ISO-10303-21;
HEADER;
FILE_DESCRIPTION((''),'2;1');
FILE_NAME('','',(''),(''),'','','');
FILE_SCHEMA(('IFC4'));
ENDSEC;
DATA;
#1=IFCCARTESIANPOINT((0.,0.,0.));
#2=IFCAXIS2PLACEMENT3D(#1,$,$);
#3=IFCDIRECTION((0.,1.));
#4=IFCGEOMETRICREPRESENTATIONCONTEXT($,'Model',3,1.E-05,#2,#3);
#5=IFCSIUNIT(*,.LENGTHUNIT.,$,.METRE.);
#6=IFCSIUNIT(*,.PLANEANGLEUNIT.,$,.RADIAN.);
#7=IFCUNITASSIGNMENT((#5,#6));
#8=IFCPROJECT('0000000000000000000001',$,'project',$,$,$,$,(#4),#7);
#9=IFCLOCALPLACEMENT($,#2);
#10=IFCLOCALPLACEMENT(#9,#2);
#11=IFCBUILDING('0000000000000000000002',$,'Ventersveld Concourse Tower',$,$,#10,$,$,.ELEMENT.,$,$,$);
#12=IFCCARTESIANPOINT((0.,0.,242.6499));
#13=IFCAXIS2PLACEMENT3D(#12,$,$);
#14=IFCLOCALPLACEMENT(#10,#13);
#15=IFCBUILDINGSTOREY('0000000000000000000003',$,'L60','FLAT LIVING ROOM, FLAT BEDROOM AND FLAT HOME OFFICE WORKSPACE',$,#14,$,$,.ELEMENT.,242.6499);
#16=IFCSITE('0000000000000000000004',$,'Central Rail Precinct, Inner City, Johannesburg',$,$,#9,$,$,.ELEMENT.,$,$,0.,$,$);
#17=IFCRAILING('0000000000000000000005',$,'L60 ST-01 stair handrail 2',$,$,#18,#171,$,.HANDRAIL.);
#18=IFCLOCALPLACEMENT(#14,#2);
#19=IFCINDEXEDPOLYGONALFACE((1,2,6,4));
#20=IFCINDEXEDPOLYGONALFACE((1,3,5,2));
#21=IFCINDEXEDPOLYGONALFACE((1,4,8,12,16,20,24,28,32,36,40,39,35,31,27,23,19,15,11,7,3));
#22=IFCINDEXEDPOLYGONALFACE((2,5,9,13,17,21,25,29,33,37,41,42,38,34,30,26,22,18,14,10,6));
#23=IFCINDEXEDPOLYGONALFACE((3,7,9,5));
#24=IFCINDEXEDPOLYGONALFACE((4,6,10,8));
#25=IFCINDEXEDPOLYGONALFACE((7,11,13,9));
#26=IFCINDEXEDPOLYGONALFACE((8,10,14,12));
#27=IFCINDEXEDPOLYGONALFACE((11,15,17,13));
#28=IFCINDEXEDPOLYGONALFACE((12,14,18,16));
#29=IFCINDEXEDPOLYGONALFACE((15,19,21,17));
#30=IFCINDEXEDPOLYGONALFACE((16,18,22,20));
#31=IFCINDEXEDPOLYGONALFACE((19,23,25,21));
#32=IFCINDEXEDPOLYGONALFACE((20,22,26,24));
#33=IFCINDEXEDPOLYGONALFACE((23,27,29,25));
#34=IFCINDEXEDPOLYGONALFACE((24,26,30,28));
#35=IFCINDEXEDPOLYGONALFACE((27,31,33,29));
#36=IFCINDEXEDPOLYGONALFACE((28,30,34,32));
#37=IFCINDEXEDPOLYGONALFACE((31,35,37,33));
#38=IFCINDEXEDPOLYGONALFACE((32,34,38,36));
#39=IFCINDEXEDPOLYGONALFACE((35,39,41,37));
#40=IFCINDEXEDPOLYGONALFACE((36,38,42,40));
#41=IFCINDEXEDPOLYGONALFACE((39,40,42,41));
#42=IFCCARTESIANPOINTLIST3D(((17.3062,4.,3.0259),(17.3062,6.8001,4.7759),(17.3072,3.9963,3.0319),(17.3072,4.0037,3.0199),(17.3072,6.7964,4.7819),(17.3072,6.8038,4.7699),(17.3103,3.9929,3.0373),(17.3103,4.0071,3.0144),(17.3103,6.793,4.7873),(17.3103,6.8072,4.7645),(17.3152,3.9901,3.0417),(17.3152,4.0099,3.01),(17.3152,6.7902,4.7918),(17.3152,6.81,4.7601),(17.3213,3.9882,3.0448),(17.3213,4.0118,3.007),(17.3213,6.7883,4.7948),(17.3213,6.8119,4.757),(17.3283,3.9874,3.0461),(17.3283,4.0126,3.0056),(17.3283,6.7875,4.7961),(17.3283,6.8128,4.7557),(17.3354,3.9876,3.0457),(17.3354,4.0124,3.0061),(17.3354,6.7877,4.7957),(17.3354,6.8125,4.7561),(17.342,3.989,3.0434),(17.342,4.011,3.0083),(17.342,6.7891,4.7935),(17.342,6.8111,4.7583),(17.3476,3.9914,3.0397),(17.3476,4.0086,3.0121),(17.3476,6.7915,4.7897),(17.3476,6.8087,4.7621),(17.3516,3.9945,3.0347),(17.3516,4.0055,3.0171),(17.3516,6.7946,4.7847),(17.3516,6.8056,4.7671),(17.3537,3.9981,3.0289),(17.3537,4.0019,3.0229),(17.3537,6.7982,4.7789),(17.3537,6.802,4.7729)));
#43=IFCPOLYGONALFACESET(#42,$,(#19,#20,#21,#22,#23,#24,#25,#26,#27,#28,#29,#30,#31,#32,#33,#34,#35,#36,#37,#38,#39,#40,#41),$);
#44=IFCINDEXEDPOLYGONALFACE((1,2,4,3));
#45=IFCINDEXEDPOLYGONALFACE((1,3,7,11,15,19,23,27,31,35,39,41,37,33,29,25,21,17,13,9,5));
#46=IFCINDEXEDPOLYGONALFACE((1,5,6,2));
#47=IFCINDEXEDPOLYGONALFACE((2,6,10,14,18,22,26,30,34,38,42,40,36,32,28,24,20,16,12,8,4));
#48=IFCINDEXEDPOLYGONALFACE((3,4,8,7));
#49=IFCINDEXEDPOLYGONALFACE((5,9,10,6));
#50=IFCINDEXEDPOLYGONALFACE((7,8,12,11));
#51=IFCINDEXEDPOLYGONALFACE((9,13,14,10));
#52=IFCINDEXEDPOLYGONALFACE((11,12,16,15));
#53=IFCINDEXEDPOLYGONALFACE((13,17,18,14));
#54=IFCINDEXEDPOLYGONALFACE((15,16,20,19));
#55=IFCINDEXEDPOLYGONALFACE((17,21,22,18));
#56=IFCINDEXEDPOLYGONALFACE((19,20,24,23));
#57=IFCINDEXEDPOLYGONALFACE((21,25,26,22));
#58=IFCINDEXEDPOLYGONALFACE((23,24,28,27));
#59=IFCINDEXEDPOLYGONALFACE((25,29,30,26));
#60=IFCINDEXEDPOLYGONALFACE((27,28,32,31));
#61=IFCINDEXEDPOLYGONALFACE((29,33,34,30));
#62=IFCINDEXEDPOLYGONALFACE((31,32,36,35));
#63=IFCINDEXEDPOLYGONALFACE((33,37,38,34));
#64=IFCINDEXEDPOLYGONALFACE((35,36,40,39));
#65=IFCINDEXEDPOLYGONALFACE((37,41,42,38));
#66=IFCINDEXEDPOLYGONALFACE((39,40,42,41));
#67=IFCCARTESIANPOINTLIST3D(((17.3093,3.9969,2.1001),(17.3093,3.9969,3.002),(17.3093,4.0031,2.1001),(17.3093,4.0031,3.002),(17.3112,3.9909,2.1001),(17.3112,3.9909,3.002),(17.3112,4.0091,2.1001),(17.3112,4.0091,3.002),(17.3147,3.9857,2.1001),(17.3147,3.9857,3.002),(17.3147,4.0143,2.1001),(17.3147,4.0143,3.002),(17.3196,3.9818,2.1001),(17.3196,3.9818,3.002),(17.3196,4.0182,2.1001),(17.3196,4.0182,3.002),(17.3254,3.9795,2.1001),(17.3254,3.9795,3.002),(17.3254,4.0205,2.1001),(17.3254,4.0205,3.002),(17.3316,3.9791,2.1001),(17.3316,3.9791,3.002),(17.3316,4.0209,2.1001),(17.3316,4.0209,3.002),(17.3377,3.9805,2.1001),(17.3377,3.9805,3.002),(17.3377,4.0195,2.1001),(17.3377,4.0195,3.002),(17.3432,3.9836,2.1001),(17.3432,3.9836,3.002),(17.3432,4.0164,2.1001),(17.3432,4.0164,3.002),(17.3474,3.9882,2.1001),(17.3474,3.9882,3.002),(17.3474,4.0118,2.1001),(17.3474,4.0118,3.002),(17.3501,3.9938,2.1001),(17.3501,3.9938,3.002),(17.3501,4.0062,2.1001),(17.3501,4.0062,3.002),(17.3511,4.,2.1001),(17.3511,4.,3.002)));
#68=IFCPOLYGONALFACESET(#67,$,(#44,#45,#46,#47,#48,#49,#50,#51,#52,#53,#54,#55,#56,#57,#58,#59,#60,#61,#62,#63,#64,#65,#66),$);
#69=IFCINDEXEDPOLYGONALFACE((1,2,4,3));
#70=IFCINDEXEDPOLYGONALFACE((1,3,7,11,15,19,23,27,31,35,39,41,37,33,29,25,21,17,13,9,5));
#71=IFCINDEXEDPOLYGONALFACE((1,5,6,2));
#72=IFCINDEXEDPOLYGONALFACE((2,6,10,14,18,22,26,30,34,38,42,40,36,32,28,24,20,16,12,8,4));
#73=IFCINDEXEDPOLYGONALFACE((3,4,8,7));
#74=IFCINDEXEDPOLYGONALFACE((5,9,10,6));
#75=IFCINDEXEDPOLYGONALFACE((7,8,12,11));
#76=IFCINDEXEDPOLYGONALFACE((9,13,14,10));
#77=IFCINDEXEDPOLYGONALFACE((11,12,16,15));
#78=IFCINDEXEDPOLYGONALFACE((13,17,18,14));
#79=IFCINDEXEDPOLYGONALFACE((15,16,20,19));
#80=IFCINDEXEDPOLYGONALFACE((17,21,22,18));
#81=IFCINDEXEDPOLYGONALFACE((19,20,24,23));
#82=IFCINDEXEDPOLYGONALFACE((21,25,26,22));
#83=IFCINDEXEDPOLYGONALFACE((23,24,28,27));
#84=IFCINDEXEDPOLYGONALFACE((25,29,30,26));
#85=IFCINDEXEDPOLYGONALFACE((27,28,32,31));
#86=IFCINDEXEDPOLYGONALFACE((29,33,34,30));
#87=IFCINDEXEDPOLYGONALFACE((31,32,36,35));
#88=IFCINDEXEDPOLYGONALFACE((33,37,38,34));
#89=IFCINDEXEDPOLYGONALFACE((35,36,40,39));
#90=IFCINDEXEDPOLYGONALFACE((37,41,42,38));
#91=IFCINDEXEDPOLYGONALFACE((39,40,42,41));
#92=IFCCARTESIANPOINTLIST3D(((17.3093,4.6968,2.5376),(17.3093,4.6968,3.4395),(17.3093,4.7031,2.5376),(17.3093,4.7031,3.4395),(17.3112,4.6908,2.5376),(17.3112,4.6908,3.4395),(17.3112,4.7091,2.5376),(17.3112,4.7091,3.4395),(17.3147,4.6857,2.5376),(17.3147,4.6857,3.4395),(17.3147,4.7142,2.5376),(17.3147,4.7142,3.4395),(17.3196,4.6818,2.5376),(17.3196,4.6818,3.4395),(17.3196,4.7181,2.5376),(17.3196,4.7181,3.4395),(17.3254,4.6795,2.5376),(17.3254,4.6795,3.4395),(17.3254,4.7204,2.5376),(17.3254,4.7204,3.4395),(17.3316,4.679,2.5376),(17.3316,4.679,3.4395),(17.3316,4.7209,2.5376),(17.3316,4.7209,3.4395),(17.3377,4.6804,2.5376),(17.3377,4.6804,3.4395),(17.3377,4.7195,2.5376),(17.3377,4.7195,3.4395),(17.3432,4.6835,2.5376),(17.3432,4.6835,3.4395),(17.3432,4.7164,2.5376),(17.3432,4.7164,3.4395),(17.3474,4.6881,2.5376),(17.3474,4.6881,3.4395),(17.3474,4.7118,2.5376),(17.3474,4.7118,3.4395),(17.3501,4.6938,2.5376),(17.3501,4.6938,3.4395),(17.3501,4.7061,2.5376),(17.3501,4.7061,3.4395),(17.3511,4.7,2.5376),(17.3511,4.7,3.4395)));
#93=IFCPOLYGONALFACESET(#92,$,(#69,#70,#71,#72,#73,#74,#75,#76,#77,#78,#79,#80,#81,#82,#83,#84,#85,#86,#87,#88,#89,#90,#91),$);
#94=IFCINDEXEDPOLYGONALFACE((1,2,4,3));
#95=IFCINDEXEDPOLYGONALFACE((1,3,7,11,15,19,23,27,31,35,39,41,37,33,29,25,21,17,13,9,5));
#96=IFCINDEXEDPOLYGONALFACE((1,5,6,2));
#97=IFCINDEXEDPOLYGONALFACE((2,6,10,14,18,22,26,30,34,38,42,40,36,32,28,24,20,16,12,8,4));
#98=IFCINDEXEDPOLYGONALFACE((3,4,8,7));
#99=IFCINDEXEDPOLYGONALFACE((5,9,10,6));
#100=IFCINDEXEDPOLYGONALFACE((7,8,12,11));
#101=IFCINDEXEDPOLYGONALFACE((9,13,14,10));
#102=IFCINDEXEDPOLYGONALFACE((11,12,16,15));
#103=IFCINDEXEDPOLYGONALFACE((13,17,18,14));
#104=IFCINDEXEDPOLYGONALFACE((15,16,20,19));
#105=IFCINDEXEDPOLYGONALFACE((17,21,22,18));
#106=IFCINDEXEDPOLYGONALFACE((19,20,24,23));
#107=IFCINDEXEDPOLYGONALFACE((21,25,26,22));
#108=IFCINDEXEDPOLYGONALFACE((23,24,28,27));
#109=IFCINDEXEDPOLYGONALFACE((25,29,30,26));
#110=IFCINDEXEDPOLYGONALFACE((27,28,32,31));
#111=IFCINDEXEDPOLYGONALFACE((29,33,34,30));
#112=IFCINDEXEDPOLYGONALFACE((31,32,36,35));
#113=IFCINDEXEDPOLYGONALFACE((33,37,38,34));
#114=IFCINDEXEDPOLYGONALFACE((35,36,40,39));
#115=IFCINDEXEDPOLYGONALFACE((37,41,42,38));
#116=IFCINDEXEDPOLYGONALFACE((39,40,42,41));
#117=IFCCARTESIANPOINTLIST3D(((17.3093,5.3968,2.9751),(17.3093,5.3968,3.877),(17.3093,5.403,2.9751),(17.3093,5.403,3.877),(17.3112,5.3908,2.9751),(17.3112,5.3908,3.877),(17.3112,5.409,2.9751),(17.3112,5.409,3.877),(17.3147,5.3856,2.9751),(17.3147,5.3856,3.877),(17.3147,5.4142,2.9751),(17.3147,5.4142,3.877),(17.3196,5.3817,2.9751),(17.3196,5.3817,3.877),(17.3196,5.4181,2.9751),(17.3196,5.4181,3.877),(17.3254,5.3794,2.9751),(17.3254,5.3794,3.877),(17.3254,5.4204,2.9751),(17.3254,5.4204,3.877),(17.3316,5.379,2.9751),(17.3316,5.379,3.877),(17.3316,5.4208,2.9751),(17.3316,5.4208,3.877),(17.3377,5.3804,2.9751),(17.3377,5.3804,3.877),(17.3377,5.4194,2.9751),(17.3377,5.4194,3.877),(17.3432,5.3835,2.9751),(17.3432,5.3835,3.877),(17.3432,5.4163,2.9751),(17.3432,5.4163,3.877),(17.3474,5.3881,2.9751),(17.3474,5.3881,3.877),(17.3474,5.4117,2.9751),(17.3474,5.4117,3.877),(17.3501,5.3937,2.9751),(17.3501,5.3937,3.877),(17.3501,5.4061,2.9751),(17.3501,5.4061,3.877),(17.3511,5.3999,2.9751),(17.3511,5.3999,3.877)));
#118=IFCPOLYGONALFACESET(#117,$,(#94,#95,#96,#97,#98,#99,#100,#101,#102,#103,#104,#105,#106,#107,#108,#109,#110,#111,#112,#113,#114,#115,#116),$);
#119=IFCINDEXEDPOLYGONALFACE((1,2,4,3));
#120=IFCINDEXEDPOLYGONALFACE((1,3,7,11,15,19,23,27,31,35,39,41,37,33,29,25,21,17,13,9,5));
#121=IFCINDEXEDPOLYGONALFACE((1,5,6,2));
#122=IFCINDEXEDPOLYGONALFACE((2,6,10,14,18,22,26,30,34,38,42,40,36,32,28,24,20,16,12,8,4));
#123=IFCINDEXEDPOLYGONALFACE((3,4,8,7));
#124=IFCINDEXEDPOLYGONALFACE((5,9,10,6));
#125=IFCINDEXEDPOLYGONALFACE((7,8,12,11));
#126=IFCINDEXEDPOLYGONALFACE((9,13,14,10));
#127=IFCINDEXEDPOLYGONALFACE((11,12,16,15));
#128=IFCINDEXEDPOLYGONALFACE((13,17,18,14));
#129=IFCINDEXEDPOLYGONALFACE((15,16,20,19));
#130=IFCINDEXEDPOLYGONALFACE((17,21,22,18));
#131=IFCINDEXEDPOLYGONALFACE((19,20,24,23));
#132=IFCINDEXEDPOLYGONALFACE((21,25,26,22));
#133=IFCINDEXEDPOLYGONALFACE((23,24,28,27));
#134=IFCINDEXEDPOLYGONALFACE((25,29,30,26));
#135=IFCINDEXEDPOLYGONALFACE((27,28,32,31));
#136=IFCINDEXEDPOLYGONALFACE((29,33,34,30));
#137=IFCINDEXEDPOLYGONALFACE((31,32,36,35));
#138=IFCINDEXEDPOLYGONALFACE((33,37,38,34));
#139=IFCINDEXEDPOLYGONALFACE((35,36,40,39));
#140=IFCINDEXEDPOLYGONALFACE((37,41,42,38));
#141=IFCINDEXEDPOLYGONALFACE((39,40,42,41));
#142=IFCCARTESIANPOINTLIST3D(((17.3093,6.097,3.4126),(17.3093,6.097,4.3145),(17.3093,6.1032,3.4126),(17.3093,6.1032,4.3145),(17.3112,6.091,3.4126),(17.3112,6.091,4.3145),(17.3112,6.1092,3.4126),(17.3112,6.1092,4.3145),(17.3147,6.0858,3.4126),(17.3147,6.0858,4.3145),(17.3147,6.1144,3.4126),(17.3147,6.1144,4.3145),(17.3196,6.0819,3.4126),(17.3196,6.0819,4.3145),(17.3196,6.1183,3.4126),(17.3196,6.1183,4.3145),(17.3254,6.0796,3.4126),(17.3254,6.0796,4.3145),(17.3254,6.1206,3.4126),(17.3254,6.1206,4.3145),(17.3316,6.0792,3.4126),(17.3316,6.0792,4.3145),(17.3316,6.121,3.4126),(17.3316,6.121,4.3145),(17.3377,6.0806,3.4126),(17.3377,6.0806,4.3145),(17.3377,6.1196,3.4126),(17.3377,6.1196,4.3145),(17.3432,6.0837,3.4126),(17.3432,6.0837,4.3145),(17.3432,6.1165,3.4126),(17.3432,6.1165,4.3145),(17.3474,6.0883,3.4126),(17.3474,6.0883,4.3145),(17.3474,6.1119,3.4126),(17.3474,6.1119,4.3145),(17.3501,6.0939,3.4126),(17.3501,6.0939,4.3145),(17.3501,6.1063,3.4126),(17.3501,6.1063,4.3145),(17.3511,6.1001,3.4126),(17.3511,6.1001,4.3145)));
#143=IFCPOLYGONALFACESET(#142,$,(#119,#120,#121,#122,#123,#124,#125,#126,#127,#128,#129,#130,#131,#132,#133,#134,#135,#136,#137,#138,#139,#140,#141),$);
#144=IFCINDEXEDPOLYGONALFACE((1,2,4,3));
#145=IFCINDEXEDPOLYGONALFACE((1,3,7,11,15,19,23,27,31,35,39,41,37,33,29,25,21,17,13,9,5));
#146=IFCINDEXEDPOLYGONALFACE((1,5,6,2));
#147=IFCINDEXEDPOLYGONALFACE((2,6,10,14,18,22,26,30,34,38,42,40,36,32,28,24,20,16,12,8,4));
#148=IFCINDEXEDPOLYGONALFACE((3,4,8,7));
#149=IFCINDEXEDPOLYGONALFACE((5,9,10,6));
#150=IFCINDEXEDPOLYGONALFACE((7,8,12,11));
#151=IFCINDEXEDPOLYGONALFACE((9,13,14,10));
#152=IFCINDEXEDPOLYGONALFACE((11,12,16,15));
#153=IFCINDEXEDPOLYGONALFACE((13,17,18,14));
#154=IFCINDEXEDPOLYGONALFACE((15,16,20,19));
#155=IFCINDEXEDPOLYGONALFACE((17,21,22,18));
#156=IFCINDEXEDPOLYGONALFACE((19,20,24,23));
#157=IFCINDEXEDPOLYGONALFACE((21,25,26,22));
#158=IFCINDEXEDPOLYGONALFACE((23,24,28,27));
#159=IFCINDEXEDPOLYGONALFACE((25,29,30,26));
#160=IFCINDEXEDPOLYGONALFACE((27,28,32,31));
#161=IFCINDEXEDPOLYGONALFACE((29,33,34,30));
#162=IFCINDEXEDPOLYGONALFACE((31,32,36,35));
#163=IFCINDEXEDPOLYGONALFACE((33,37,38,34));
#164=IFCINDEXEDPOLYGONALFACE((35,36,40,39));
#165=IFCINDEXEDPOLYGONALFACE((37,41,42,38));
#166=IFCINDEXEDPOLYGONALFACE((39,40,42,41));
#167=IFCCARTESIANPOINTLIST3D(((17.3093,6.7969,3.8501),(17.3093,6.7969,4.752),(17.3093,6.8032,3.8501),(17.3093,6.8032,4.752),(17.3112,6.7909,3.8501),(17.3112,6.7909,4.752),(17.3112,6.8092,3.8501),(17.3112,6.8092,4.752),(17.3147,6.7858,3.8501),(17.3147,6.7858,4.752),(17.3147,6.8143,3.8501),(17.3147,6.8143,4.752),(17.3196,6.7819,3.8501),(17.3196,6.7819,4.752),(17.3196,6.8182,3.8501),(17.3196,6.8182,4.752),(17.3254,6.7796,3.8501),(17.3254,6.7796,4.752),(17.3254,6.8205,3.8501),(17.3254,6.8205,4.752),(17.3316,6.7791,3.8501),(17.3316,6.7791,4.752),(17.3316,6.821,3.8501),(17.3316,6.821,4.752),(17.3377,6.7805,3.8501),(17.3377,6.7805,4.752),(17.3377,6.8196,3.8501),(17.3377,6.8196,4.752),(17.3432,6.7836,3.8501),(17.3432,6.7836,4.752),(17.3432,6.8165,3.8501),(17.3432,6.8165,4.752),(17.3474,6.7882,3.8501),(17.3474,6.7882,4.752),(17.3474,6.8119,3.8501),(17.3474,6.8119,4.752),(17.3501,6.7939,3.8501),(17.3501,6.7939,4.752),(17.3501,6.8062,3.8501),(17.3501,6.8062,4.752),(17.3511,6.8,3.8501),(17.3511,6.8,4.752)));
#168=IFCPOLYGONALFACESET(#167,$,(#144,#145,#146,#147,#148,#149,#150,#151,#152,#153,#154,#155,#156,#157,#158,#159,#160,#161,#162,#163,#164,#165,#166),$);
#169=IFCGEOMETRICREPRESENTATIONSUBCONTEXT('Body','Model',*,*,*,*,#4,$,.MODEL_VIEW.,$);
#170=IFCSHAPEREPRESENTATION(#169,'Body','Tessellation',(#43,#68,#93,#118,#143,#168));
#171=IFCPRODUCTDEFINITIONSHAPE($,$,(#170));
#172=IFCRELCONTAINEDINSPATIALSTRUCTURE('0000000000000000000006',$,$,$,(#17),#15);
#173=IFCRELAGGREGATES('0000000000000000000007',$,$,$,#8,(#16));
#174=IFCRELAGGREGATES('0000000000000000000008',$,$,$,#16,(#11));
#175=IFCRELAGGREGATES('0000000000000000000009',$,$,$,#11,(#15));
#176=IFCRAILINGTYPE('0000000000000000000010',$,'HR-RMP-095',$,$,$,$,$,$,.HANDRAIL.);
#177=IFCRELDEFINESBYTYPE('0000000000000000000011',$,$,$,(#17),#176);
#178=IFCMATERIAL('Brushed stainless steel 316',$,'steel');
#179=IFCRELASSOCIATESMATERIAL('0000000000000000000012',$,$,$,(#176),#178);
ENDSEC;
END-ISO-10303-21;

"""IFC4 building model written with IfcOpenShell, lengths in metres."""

from ifc_helpers import new_model, si_unit, direction, frame, origin, origin_2d, place, context, subcontext, project, spatial, circle, extrude, material, type_object, element, save


model = new_model("IFC4")

# Units and contexts
model_context = context("Model", 3, precision=1e-05, world=origin(), true_north=direction((0.0, 1.0)))
body_context = subcontext(model_context, "Body", "Model", "MODEL_VIEW")
ifc_project = project(units=[si_unit("LENGTHUNIT", "METRE"), si_unit("PLANEANGLEUNIT", "RADIAN")], contexts=[model_context])

# Site, building, storey
site_placement = place(None, origin())
site = spatial("IfcSite", under=ifc_project, at=site_placement, Name="Central Rail Precinct, Inner City, Johannesburg", CompositionType="ELEMENT", RefElevation=0.0)
building_placement = place(site_placement, origin())
building = spatial("IfcBuilding", under=site, at=building_placement, Name="Ventersveld Concourse Tower", CompositionType="ELEMENT")
storey_placement = place(building_placement, frame((0.0, 0.0, 242.6499)))
storey = spatial("IfcBuildingStorey", under=building, at=storey_placement, Name="L60", Description="FLAT LIVING ROOM, FLAT BEDROOM AND FLAT HOME OFFICE WORKSPACE", CompositionType="ELEMENT", Elevation=242.6499)

# Shared definitions
ifc_material_1 = material(Name="Brushed stainless steel 316", Category="steel")

# Railing
railing_type_1 = type_object("IfcRailingType", Name="HR-RMP-095", PredefinedType="HANDRAIL", material=ifc_material_1)
railing_1_placement = place(storey_placement, frame((17.3301, 4.0, 2.1001)))
element("IfcRailing", 1, at=railing_1_placement, inside=storey, type_object=railing_type_1, Name="L60 ST-01 stair handrail 2", PredefinedType="HANDRAIL", context=body_context, shape_type="SweptSolid", body=[
    extrude(circle(Radius=0.0239, at=origin_2d()), frame((0.0, 0.0, 0.9258), z_axis=(0.0, 0.848002, 0.529992), x_axis=(-1.0, 0.0, 0.0)), (0.0, 0.0, 1.0), 3.302),
    extrude(circle(Radius=0.021, at=origin_2d()), origin(), (0.0, 0.0, 1.0), 0.9019),
    extrude(circle(Radius=0.021, at=origin_2d()), frame((0.0, 0.7, 0.4375)), (0.0, 0.0, 1.0), 0.9019),
    extrude(circle(Radius=0.021, at=origin_2d()), frame((0.0, 1.3999, 0.875)), (0.0, 0.0, 1.0), 0.9019),
    extrude(circle(Radius=0.021, at=origin_2d()), frame((0.0, 2.1001, 1.3125)), (0.0, 0.0, 1.0), 0.9019),
    extrude(circle(Radius=0.021, at=origin_2d()), frame((0.0, 2.8, 1.75)), (0.0, 0.0, 1.0), 0.9019),
])

save(model, "model.ifc")
